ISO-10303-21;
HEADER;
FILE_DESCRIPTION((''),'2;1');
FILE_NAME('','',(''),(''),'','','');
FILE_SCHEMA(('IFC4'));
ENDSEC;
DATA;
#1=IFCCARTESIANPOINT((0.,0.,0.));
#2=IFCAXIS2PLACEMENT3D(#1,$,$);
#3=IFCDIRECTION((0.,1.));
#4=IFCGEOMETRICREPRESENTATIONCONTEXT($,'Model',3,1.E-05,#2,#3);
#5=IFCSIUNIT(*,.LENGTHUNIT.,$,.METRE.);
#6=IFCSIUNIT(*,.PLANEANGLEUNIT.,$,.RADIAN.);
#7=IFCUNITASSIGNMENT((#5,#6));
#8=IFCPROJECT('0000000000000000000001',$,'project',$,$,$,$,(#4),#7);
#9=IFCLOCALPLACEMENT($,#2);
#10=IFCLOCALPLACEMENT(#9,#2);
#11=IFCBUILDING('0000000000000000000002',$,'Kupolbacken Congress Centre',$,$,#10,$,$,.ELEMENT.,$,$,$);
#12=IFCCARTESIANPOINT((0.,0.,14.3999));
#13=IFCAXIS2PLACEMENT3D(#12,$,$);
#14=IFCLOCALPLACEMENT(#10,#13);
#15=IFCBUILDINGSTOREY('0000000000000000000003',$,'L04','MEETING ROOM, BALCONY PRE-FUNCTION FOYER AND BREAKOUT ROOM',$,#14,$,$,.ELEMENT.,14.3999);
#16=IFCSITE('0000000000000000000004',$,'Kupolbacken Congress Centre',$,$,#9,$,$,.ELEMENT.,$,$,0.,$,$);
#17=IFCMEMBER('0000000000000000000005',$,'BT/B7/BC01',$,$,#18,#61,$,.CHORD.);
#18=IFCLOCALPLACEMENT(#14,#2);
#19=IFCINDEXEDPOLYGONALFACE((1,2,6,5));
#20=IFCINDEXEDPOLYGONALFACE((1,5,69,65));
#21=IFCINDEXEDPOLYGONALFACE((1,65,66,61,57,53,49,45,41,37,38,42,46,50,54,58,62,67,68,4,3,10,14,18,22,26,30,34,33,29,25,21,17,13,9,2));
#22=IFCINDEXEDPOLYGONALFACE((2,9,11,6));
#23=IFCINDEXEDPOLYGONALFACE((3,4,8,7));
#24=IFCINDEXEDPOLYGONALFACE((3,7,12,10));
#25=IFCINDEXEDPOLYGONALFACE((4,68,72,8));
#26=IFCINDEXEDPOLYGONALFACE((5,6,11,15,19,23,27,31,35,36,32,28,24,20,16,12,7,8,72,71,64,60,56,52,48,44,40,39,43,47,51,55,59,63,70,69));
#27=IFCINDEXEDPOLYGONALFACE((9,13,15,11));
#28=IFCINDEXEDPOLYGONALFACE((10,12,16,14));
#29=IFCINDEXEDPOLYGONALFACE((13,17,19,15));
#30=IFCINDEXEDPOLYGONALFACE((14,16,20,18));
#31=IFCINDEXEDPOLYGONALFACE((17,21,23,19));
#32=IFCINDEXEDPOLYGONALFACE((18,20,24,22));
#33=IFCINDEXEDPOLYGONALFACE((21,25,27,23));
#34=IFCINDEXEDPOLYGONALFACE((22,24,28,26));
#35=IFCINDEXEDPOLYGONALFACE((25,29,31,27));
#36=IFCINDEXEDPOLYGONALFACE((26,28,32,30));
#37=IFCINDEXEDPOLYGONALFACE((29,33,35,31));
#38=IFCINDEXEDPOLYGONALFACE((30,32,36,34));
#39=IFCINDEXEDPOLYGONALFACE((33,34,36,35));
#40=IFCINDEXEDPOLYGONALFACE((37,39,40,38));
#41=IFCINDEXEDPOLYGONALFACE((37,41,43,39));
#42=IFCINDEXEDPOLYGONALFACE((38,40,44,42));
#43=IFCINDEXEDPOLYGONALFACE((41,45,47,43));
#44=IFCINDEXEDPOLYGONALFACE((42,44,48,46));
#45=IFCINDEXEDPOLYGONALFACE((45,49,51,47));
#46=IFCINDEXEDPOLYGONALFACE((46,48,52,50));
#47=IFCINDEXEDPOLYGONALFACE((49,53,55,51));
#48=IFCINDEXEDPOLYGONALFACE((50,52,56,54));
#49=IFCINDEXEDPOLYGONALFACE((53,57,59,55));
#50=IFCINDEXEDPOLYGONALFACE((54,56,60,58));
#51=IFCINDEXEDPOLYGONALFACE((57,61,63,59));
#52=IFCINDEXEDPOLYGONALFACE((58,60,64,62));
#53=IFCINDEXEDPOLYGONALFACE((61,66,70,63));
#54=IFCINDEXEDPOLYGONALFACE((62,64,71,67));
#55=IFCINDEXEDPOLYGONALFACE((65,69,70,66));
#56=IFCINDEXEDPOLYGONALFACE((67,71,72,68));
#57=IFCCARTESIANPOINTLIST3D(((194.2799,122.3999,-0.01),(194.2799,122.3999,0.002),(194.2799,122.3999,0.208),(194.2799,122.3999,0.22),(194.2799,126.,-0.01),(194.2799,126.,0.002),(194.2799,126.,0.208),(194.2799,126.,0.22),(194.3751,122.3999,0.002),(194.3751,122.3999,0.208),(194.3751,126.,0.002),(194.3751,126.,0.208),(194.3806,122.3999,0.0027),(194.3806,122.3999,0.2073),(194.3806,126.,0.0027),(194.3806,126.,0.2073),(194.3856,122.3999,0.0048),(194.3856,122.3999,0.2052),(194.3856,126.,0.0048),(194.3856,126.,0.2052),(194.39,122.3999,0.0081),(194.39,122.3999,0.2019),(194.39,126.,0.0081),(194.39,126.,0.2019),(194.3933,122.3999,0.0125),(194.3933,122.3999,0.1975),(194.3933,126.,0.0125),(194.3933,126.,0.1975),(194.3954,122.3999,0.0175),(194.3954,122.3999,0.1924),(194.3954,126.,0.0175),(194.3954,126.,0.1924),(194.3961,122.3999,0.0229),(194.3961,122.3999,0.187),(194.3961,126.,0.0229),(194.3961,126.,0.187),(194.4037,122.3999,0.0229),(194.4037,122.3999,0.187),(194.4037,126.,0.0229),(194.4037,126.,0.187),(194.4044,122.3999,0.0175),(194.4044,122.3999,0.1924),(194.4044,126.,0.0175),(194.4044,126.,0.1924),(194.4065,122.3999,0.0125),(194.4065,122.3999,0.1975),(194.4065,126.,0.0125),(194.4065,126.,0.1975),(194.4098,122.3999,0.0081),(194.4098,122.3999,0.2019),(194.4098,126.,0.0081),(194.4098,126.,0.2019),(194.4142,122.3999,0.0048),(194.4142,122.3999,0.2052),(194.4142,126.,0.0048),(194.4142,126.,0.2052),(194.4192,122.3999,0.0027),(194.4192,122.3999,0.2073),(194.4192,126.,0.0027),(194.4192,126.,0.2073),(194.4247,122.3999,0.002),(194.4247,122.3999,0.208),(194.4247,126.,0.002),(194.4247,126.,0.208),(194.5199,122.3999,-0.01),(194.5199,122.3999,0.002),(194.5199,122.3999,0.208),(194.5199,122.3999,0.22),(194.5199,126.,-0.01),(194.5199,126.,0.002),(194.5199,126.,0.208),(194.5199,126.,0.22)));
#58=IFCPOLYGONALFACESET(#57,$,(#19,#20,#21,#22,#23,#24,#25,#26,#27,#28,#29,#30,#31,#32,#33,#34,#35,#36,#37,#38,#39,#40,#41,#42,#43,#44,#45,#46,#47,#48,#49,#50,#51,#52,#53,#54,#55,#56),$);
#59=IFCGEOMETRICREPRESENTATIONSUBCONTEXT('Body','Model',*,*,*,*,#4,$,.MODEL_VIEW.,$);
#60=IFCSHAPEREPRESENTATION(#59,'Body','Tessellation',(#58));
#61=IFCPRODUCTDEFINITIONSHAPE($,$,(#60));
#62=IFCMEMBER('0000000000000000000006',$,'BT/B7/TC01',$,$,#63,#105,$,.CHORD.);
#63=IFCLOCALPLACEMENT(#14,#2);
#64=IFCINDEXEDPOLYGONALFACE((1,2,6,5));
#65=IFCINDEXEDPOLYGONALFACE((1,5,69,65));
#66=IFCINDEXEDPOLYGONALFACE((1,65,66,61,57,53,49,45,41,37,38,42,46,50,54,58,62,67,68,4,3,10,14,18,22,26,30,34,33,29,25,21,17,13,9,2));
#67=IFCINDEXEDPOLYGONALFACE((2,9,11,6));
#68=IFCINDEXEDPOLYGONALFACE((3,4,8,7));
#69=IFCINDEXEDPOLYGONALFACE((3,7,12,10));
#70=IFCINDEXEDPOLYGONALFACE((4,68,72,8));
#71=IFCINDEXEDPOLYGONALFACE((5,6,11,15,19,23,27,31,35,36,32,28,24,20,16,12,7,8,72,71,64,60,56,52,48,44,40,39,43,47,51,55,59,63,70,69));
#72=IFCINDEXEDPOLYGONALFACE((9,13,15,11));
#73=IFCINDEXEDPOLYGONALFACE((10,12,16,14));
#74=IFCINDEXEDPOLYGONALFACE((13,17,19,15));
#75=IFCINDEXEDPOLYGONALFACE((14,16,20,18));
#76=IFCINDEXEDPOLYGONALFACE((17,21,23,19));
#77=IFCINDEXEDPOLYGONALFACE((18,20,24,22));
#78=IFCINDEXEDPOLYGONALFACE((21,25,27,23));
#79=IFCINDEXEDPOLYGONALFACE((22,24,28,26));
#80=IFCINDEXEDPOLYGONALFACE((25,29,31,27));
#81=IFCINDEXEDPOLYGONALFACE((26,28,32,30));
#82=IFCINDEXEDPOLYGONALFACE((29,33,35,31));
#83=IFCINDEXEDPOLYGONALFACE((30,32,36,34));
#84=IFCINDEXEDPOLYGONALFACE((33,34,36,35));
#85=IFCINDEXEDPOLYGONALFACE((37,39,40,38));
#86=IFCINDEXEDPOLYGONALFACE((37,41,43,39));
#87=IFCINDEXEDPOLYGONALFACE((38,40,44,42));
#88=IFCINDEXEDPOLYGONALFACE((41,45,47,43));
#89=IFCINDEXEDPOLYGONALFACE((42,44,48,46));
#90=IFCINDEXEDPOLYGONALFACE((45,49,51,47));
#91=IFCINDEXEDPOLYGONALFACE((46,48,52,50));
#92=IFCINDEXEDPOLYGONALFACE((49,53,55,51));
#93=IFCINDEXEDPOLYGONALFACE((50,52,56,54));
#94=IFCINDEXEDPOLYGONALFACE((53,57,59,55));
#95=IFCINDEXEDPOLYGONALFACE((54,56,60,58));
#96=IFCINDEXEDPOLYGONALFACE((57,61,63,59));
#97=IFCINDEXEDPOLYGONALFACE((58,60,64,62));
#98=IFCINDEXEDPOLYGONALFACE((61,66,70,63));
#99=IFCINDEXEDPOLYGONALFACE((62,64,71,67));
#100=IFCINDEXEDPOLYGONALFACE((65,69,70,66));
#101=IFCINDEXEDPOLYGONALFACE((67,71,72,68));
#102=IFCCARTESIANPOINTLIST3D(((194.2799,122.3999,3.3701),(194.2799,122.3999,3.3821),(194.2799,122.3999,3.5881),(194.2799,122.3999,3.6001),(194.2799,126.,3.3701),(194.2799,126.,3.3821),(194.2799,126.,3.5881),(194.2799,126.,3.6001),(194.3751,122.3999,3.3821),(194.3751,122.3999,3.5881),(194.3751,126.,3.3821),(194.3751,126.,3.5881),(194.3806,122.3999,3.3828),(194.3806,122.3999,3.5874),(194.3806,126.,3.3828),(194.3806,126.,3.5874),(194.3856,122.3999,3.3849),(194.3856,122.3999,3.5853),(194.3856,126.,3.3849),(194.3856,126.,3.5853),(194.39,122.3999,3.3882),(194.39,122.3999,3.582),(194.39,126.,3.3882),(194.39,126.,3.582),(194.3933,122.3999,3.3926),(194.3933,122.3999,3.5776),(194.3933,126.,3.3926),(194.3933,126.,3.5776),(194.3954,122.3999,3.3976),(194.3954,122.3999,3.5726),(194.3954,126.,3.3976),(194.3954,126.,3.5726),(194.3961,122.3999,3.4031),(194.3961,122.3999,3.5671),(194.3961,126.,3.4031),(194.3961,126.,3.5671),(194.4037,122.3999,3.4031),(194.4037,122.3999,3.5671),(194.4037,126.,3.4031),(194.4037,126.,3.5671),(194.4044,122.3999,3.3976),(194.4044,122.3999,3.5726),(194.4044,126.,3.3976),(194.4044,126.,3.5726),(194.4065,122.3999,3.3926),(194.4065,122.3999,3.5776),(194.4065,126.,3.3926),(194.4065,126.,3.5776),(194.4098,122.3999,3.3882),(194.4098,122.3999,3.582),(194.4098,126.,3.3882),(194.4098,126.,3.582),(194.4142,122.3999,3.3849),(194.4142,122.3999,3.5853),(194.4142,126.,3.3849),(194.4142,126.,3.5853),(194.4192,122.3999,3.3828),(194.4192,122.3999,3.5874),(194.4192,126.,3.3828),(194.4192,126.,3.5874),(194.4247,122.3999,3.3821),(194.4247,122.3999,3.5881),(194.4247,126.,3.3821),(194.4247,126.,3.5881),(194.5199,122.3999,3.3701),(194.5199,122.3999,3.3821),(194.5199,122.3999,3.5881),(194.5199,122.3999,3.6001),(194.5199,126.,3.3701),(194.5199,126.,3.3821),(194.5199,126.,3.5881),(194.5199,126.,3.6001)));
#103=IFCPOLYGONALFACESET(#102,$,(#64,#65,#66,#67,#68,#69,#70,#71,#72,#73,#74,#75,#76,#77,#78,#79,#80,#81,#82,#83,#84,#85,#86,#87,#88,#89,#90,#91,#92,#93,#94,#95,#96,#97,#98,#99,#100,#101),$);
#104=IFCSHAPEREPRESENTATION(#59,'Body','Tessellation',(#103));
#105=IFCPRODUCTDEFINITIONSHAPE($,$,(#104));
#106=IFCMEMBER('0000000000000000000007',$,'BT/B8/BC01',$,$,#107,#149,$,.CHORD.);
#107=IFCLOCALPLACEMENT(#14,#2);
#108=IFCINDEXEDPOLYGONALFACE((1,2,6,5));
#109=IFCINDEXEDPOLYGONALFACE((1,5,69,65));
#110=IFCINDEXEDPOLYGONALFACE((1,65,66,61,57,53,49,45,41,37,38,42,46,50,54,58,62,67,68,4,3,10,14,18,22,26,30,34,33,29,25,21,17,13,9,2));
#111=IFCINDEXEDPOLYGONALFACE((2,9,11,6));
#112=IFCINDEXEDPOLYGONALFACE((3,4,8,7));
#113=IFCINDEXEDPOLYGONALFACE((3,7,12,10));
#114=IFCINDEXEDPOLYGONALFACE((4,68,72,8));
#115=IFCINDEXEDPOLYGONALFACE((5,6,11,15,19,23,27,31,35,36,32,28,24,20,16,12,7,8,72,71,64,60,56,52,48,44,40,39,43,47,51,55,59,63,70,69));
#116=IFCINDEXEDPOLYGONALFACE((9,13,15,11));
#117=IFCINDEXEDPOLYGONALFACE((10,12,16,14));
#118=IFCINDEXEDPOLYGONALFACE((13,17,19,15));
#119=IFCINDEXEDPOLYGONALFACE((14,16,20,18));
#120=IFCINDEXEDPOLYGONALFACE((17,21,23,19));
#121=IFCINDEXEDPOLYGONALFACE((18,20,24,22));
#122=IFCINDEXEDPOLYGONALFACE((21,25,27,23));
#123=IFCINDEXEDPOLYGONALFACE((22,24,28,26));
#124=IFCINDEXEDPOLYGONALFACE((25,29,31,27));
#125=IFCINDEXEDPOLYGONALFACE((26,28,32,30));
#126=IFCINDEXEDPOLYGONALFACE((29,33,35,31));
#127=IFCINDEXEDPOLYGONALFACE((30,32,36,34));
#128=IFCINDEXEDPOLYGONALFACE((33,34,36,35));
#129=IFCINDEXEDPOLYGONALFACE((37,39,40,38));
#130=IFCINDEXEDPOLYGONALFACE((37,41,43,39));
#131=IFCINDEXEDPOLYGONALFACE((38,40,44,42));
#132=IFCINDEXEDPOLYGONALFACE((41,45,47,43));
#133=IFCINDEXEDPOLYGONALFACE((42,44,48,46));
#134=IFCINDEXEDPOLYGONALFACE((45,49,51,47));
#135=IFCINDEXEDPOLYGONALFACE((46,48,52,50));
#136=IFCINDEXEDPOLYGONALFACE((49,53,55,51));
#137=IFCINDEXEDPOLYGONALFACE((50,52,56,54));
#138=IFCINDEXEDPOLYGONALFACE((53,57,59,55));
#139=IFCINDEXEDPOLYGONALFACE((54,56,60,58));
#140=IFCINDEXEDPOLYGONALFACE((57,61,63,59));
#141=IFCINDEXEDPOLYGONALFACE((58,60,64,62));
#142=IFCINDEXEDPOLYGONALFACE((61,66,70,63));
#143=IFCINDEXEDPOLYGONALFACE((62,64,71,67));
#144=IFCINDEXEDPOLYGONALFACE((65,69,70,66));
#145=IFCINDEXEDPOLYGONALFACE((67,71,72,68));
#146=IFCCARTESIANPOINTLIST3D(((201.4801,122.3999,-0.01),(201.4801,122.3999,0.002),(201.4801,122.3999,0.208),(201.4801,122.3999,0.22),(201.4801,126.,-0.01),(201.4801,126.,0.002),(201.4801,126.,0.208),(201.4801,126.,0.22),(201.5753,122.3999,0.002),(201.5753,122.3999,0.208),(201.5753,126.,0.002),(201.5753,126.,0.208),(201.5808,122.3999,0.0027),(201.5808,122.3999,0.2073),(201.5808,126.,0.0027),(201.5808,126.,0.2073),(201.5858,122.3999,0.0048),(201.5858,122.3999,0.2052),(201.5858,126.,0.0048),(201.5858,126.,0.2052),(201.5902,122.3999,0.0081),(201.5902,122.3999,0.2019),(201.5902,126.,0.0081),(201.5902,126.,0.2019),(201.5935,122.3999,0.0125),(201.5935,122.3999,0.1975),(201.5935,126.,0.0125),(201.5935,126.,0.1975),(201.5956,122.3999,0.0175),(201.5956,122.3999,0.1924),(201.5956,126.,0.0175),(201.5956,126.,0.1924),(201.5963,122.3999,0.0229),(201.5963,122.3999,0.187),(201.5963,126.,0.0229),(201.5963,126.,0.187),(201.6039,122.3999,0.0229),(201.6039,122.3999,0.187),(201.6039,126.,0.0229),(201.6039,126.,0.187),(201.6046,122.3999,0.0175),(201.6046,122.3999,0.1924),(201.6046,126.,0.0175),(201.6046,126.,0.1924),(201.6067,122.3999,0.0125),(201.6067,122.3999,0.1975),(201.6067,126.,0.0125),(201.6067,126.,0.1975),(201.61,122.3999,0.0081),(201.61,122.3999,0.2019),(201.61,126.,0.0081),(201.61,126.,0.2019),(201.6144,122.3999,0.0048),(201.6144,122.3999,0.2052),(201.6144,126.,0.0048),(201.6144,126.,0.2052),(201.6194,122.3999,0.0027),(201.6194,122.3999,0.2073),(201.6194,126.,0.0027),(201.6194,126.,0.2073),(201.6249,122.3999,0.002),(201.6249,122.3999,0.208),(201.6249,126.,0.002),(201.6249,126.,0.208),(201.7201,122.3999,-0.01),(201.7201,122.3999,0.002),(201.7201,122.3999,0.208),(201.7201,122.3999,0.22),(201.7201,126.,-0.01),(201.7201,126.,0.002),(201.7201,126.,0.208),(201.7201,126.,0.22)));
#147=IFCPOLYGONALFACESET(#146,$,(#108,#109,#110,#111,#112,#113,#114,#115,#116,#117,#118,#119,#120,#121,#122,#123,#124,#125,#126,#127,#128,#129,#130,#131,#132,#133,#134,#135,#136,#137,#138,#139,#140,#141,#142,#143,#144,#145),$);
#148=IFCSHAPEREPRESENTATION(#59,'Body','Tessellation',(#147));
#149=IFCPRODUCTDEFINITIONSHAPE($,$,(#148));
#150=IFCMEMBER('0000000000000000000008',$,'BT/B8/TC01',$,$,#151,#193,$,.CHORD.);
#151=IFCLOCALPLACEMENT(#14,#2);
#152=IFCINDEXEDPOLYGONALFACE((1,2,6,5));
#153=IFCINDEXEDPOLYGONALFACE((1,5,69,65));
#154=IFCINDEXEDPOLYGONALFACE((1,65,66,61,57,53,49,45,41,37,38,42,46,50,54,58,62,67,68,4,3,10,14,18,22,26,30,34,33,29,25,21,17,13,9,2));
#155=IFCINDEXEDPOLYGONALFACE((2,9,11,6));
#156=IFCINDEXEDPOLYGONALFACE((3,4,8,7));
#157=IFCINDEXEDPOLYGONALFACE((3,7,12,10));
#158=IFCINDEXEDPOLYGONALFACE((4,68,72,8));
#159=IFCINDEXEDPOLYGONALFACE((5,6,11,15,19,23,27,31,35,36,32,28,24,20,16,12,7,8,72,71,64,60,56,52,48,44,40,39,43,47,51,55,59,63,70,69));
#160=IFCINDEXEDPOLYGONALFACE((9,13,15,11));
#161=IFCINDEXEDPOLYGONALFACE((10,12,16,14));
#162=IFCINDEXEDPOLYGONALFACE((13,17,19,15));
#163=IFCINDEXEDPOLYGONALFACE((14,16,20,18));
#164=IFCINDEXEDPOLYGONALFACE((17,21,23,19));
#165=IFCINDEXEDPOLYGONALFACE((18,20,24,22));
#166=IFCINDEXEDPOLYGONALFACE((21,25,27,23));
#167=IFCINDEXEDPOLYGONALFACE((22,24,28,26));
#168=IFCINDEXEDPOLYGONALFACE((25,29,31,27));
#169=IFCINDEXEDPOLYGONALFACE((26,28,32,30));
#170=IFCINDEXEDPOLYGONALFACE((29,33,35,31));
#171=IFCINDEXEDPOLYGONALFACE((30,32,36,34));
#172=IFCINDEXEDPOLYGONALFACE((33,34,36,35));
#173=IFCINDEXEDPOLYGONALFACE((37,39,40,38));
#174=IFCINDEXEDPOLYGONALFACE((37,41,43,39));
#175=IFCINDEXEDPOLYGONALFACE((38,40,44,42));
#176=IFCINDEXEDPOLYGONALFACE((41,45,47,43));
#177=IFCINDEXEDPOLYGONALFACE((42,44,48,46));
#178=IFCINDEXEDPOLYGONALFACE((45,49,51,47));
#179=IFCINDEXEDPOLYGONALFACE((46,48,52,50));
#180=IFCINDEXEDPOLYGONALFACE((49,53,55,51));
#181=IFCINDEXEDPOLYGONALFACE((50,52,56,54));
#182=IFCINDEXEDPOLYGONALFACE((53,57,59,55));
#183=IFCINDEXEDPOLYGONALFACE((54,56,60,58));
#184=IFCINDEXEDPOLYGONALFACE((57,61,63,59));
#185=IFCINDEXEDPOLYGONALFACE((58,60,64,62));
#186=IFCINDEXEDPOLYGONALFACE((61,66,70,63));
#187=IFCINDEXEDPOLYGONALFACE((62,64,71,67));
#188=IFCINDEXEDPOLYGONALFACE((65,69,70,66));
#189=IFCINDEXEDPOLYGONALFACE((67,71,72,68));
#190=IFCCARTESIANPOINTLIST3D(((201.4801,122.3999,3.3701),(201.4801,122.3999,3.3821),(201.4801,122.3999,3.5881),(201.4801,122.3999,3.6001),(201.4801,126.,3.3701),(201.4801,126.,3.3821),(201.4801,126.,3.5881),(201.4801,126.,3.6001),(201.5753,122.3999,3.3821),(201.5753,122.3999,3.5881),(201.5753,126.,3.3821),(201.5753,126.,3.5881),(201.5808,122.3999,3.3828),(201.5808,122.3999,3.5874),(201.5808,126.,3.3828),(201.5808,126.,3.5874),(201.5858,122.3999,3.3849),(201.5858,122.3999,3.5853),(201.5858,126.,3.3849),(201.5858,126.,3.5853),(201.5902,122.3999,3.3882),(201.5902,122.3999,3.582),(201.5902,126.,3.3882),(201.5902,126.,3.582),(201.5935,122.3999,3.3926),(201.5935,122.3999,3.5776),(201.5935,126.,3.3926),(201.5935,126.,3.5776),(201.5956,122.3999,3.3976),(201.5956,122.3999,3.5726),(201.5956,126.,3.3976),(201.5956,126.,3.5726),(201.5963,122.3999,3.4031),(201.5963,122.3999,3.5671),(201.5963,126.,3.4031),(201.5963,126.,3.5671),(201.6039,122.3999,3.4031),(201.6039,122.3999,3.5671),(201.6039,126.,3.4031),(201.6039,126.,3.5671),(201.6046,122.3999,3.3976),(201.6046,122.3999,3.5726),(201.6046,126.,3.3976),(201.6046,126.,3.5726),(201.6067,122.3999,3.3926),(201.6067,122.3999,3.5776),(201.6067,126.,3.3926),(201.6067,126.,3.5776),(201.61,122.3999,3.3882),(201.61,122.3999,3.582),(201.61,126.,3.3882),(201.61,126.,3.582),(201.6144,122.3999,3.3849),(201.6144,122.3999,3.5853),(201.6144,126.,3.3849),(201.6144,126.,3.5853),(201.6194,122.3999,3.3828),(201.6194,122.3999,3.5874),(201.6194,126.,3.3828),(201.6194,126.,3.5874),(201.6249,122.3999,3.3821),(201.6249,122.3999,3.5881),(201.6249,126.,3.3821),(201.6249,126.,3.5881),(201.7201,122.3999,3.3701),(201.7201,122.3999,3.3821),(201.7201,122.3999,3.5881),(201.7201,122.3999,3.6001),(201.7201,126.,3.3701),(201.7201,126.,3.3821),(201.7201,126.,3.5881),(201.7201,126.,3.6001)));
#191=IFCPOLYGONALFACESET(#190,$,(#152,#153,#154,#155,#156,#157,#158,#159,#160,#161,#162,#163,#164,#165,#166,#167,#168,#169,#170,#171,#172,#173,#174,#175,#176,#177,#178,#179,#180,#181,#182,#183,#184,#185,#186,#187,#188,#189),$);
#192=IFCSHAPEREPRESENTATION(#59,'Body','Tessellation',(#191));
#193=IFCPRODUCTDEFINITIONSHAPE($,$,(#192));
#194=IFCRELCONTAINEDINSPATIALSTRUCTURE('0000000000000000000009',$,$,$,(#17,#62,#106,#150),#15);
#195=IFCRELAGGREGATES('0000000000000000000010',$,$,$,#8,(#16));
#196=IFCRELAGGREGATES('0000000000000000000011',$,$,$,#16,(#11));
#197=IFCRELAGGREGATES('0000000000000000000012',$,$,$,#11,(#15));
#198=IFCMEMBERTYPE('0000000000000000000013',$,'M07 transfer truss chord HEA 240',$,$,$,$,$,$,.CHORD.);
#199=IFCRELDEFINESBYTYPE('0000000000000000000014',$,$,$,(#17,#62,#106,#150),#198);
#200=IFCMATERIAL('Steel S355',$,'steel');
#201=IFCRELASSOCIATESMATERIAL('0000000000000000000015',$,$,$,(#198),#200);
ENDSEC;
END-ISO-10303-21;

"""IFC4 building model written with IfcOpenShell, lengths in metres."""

from ifc_helpers import new_model, si_unit, direction, frame, origin, origin_2d, place, context, subcontext, project, spatial, i_section, extrude, material, material_profile, profile_set, type_object, element, save


model = new_model("IFC4")

# Units and contexts
model_context = context("Model", 3, precision=1e-05, world=origin(), true_north=direction((0.0, 1.0)))
body_context = subcontext(model_context, "Body", "Model", "MODEL_VIEW")
ifc_project = project(units=[si_unit("LENGTHUNIT", "METRE"), si_unit("PLANEANGLEUNIT", "RADIAN")], contexts=[model_context])

# Site, building, storey
site_placement = place(None, origin())
site = spatial("IfcSite", under=ifc_project, at=site_placement, Name="Kupolbacken Congress Centre", CompositionType="ELEMENT", RefElevation=0.0)
building_placement = place(site_placement, origin())
building = spatial("IfcBuilding", under=site, at=building_placement, Name="Kupolbacken Congress Centre", CompositionType="ELEMENT")
storey_placement = place(building_placement, frame((0.0, 0.0, 14.3999)))
storey = spatial("IfcBuildingStorey", under=building, at=storey_placement, Name="L04", Description="MEETING ROOM, BALCONY PRE-FUNCTION FOYER AND BREAKOUT ROOM", CompositionType="ELEMENT", Elevation=14.3999)

# Members
ifc_material_1 = material(Name="Steel S355", Category="steel")
ifc_material_profile_1 = material_profile(ifc_material_1, i_section(OverallWidth=0.24, OverallDepth=0.23, WebThickness=0.0076, FlangeThickness=0.012, FilletRadius=0.021, at=origin_2d()), Name="HEA 240")
ifc_profile_set_1 = profile_set([ifc_material_profile_1], Name="Steel S355")
member_type_1 = type_object("IfcMemberType", Name="M07 transfer truss chord HEA 240", PredefinedType="CHORD", material=ifc_profile_set_1)
for number, where, z_axis, x_axis, name in (
    (1, (194.3999, 122.3999, 0.105), (0.0, 1.0, 0.0), (-1.0, 0.0, 0.0), "BT/B7/BC01"),
    (2, (194.3999, 122.3999, 3.4851), (0.0, 1.0, 0.0), (-1.0, 0.0, 0.0), "BT/B7/TC01"),
    (3, (201.6001, 122.3999, 0.105), (0.0, 1.0, 0.0), (-1.0, 0.0, 0.0), "BT/B8/BC01"),
    (4, (201.6001, 122.3999, 3.4851), (0.0, 1.0, 0.0), (-1.0, 0.0, 0.0), "BT/B8/TC01"),
):
    element("IfcMember", number, at=place(storey_placement, frame(where, z_axis=z_axis, x_axis=x_axis)), inside=storey, type_object=member_type_1, Name=name, PredefinedType="CHORD", context=body_context, shape_type="SweptSolid", body=[
        extrude(i_section(OverallWidth=0.24, OverallDepth=0.23, WebThickness=0.0076, FlangeThickness=0.012, FilletRadius=0.021, at=origin_2d()), origin(), (0.0, 0.0, 1.0), 3.6001),
    ])

save(model, "model.ifc")
